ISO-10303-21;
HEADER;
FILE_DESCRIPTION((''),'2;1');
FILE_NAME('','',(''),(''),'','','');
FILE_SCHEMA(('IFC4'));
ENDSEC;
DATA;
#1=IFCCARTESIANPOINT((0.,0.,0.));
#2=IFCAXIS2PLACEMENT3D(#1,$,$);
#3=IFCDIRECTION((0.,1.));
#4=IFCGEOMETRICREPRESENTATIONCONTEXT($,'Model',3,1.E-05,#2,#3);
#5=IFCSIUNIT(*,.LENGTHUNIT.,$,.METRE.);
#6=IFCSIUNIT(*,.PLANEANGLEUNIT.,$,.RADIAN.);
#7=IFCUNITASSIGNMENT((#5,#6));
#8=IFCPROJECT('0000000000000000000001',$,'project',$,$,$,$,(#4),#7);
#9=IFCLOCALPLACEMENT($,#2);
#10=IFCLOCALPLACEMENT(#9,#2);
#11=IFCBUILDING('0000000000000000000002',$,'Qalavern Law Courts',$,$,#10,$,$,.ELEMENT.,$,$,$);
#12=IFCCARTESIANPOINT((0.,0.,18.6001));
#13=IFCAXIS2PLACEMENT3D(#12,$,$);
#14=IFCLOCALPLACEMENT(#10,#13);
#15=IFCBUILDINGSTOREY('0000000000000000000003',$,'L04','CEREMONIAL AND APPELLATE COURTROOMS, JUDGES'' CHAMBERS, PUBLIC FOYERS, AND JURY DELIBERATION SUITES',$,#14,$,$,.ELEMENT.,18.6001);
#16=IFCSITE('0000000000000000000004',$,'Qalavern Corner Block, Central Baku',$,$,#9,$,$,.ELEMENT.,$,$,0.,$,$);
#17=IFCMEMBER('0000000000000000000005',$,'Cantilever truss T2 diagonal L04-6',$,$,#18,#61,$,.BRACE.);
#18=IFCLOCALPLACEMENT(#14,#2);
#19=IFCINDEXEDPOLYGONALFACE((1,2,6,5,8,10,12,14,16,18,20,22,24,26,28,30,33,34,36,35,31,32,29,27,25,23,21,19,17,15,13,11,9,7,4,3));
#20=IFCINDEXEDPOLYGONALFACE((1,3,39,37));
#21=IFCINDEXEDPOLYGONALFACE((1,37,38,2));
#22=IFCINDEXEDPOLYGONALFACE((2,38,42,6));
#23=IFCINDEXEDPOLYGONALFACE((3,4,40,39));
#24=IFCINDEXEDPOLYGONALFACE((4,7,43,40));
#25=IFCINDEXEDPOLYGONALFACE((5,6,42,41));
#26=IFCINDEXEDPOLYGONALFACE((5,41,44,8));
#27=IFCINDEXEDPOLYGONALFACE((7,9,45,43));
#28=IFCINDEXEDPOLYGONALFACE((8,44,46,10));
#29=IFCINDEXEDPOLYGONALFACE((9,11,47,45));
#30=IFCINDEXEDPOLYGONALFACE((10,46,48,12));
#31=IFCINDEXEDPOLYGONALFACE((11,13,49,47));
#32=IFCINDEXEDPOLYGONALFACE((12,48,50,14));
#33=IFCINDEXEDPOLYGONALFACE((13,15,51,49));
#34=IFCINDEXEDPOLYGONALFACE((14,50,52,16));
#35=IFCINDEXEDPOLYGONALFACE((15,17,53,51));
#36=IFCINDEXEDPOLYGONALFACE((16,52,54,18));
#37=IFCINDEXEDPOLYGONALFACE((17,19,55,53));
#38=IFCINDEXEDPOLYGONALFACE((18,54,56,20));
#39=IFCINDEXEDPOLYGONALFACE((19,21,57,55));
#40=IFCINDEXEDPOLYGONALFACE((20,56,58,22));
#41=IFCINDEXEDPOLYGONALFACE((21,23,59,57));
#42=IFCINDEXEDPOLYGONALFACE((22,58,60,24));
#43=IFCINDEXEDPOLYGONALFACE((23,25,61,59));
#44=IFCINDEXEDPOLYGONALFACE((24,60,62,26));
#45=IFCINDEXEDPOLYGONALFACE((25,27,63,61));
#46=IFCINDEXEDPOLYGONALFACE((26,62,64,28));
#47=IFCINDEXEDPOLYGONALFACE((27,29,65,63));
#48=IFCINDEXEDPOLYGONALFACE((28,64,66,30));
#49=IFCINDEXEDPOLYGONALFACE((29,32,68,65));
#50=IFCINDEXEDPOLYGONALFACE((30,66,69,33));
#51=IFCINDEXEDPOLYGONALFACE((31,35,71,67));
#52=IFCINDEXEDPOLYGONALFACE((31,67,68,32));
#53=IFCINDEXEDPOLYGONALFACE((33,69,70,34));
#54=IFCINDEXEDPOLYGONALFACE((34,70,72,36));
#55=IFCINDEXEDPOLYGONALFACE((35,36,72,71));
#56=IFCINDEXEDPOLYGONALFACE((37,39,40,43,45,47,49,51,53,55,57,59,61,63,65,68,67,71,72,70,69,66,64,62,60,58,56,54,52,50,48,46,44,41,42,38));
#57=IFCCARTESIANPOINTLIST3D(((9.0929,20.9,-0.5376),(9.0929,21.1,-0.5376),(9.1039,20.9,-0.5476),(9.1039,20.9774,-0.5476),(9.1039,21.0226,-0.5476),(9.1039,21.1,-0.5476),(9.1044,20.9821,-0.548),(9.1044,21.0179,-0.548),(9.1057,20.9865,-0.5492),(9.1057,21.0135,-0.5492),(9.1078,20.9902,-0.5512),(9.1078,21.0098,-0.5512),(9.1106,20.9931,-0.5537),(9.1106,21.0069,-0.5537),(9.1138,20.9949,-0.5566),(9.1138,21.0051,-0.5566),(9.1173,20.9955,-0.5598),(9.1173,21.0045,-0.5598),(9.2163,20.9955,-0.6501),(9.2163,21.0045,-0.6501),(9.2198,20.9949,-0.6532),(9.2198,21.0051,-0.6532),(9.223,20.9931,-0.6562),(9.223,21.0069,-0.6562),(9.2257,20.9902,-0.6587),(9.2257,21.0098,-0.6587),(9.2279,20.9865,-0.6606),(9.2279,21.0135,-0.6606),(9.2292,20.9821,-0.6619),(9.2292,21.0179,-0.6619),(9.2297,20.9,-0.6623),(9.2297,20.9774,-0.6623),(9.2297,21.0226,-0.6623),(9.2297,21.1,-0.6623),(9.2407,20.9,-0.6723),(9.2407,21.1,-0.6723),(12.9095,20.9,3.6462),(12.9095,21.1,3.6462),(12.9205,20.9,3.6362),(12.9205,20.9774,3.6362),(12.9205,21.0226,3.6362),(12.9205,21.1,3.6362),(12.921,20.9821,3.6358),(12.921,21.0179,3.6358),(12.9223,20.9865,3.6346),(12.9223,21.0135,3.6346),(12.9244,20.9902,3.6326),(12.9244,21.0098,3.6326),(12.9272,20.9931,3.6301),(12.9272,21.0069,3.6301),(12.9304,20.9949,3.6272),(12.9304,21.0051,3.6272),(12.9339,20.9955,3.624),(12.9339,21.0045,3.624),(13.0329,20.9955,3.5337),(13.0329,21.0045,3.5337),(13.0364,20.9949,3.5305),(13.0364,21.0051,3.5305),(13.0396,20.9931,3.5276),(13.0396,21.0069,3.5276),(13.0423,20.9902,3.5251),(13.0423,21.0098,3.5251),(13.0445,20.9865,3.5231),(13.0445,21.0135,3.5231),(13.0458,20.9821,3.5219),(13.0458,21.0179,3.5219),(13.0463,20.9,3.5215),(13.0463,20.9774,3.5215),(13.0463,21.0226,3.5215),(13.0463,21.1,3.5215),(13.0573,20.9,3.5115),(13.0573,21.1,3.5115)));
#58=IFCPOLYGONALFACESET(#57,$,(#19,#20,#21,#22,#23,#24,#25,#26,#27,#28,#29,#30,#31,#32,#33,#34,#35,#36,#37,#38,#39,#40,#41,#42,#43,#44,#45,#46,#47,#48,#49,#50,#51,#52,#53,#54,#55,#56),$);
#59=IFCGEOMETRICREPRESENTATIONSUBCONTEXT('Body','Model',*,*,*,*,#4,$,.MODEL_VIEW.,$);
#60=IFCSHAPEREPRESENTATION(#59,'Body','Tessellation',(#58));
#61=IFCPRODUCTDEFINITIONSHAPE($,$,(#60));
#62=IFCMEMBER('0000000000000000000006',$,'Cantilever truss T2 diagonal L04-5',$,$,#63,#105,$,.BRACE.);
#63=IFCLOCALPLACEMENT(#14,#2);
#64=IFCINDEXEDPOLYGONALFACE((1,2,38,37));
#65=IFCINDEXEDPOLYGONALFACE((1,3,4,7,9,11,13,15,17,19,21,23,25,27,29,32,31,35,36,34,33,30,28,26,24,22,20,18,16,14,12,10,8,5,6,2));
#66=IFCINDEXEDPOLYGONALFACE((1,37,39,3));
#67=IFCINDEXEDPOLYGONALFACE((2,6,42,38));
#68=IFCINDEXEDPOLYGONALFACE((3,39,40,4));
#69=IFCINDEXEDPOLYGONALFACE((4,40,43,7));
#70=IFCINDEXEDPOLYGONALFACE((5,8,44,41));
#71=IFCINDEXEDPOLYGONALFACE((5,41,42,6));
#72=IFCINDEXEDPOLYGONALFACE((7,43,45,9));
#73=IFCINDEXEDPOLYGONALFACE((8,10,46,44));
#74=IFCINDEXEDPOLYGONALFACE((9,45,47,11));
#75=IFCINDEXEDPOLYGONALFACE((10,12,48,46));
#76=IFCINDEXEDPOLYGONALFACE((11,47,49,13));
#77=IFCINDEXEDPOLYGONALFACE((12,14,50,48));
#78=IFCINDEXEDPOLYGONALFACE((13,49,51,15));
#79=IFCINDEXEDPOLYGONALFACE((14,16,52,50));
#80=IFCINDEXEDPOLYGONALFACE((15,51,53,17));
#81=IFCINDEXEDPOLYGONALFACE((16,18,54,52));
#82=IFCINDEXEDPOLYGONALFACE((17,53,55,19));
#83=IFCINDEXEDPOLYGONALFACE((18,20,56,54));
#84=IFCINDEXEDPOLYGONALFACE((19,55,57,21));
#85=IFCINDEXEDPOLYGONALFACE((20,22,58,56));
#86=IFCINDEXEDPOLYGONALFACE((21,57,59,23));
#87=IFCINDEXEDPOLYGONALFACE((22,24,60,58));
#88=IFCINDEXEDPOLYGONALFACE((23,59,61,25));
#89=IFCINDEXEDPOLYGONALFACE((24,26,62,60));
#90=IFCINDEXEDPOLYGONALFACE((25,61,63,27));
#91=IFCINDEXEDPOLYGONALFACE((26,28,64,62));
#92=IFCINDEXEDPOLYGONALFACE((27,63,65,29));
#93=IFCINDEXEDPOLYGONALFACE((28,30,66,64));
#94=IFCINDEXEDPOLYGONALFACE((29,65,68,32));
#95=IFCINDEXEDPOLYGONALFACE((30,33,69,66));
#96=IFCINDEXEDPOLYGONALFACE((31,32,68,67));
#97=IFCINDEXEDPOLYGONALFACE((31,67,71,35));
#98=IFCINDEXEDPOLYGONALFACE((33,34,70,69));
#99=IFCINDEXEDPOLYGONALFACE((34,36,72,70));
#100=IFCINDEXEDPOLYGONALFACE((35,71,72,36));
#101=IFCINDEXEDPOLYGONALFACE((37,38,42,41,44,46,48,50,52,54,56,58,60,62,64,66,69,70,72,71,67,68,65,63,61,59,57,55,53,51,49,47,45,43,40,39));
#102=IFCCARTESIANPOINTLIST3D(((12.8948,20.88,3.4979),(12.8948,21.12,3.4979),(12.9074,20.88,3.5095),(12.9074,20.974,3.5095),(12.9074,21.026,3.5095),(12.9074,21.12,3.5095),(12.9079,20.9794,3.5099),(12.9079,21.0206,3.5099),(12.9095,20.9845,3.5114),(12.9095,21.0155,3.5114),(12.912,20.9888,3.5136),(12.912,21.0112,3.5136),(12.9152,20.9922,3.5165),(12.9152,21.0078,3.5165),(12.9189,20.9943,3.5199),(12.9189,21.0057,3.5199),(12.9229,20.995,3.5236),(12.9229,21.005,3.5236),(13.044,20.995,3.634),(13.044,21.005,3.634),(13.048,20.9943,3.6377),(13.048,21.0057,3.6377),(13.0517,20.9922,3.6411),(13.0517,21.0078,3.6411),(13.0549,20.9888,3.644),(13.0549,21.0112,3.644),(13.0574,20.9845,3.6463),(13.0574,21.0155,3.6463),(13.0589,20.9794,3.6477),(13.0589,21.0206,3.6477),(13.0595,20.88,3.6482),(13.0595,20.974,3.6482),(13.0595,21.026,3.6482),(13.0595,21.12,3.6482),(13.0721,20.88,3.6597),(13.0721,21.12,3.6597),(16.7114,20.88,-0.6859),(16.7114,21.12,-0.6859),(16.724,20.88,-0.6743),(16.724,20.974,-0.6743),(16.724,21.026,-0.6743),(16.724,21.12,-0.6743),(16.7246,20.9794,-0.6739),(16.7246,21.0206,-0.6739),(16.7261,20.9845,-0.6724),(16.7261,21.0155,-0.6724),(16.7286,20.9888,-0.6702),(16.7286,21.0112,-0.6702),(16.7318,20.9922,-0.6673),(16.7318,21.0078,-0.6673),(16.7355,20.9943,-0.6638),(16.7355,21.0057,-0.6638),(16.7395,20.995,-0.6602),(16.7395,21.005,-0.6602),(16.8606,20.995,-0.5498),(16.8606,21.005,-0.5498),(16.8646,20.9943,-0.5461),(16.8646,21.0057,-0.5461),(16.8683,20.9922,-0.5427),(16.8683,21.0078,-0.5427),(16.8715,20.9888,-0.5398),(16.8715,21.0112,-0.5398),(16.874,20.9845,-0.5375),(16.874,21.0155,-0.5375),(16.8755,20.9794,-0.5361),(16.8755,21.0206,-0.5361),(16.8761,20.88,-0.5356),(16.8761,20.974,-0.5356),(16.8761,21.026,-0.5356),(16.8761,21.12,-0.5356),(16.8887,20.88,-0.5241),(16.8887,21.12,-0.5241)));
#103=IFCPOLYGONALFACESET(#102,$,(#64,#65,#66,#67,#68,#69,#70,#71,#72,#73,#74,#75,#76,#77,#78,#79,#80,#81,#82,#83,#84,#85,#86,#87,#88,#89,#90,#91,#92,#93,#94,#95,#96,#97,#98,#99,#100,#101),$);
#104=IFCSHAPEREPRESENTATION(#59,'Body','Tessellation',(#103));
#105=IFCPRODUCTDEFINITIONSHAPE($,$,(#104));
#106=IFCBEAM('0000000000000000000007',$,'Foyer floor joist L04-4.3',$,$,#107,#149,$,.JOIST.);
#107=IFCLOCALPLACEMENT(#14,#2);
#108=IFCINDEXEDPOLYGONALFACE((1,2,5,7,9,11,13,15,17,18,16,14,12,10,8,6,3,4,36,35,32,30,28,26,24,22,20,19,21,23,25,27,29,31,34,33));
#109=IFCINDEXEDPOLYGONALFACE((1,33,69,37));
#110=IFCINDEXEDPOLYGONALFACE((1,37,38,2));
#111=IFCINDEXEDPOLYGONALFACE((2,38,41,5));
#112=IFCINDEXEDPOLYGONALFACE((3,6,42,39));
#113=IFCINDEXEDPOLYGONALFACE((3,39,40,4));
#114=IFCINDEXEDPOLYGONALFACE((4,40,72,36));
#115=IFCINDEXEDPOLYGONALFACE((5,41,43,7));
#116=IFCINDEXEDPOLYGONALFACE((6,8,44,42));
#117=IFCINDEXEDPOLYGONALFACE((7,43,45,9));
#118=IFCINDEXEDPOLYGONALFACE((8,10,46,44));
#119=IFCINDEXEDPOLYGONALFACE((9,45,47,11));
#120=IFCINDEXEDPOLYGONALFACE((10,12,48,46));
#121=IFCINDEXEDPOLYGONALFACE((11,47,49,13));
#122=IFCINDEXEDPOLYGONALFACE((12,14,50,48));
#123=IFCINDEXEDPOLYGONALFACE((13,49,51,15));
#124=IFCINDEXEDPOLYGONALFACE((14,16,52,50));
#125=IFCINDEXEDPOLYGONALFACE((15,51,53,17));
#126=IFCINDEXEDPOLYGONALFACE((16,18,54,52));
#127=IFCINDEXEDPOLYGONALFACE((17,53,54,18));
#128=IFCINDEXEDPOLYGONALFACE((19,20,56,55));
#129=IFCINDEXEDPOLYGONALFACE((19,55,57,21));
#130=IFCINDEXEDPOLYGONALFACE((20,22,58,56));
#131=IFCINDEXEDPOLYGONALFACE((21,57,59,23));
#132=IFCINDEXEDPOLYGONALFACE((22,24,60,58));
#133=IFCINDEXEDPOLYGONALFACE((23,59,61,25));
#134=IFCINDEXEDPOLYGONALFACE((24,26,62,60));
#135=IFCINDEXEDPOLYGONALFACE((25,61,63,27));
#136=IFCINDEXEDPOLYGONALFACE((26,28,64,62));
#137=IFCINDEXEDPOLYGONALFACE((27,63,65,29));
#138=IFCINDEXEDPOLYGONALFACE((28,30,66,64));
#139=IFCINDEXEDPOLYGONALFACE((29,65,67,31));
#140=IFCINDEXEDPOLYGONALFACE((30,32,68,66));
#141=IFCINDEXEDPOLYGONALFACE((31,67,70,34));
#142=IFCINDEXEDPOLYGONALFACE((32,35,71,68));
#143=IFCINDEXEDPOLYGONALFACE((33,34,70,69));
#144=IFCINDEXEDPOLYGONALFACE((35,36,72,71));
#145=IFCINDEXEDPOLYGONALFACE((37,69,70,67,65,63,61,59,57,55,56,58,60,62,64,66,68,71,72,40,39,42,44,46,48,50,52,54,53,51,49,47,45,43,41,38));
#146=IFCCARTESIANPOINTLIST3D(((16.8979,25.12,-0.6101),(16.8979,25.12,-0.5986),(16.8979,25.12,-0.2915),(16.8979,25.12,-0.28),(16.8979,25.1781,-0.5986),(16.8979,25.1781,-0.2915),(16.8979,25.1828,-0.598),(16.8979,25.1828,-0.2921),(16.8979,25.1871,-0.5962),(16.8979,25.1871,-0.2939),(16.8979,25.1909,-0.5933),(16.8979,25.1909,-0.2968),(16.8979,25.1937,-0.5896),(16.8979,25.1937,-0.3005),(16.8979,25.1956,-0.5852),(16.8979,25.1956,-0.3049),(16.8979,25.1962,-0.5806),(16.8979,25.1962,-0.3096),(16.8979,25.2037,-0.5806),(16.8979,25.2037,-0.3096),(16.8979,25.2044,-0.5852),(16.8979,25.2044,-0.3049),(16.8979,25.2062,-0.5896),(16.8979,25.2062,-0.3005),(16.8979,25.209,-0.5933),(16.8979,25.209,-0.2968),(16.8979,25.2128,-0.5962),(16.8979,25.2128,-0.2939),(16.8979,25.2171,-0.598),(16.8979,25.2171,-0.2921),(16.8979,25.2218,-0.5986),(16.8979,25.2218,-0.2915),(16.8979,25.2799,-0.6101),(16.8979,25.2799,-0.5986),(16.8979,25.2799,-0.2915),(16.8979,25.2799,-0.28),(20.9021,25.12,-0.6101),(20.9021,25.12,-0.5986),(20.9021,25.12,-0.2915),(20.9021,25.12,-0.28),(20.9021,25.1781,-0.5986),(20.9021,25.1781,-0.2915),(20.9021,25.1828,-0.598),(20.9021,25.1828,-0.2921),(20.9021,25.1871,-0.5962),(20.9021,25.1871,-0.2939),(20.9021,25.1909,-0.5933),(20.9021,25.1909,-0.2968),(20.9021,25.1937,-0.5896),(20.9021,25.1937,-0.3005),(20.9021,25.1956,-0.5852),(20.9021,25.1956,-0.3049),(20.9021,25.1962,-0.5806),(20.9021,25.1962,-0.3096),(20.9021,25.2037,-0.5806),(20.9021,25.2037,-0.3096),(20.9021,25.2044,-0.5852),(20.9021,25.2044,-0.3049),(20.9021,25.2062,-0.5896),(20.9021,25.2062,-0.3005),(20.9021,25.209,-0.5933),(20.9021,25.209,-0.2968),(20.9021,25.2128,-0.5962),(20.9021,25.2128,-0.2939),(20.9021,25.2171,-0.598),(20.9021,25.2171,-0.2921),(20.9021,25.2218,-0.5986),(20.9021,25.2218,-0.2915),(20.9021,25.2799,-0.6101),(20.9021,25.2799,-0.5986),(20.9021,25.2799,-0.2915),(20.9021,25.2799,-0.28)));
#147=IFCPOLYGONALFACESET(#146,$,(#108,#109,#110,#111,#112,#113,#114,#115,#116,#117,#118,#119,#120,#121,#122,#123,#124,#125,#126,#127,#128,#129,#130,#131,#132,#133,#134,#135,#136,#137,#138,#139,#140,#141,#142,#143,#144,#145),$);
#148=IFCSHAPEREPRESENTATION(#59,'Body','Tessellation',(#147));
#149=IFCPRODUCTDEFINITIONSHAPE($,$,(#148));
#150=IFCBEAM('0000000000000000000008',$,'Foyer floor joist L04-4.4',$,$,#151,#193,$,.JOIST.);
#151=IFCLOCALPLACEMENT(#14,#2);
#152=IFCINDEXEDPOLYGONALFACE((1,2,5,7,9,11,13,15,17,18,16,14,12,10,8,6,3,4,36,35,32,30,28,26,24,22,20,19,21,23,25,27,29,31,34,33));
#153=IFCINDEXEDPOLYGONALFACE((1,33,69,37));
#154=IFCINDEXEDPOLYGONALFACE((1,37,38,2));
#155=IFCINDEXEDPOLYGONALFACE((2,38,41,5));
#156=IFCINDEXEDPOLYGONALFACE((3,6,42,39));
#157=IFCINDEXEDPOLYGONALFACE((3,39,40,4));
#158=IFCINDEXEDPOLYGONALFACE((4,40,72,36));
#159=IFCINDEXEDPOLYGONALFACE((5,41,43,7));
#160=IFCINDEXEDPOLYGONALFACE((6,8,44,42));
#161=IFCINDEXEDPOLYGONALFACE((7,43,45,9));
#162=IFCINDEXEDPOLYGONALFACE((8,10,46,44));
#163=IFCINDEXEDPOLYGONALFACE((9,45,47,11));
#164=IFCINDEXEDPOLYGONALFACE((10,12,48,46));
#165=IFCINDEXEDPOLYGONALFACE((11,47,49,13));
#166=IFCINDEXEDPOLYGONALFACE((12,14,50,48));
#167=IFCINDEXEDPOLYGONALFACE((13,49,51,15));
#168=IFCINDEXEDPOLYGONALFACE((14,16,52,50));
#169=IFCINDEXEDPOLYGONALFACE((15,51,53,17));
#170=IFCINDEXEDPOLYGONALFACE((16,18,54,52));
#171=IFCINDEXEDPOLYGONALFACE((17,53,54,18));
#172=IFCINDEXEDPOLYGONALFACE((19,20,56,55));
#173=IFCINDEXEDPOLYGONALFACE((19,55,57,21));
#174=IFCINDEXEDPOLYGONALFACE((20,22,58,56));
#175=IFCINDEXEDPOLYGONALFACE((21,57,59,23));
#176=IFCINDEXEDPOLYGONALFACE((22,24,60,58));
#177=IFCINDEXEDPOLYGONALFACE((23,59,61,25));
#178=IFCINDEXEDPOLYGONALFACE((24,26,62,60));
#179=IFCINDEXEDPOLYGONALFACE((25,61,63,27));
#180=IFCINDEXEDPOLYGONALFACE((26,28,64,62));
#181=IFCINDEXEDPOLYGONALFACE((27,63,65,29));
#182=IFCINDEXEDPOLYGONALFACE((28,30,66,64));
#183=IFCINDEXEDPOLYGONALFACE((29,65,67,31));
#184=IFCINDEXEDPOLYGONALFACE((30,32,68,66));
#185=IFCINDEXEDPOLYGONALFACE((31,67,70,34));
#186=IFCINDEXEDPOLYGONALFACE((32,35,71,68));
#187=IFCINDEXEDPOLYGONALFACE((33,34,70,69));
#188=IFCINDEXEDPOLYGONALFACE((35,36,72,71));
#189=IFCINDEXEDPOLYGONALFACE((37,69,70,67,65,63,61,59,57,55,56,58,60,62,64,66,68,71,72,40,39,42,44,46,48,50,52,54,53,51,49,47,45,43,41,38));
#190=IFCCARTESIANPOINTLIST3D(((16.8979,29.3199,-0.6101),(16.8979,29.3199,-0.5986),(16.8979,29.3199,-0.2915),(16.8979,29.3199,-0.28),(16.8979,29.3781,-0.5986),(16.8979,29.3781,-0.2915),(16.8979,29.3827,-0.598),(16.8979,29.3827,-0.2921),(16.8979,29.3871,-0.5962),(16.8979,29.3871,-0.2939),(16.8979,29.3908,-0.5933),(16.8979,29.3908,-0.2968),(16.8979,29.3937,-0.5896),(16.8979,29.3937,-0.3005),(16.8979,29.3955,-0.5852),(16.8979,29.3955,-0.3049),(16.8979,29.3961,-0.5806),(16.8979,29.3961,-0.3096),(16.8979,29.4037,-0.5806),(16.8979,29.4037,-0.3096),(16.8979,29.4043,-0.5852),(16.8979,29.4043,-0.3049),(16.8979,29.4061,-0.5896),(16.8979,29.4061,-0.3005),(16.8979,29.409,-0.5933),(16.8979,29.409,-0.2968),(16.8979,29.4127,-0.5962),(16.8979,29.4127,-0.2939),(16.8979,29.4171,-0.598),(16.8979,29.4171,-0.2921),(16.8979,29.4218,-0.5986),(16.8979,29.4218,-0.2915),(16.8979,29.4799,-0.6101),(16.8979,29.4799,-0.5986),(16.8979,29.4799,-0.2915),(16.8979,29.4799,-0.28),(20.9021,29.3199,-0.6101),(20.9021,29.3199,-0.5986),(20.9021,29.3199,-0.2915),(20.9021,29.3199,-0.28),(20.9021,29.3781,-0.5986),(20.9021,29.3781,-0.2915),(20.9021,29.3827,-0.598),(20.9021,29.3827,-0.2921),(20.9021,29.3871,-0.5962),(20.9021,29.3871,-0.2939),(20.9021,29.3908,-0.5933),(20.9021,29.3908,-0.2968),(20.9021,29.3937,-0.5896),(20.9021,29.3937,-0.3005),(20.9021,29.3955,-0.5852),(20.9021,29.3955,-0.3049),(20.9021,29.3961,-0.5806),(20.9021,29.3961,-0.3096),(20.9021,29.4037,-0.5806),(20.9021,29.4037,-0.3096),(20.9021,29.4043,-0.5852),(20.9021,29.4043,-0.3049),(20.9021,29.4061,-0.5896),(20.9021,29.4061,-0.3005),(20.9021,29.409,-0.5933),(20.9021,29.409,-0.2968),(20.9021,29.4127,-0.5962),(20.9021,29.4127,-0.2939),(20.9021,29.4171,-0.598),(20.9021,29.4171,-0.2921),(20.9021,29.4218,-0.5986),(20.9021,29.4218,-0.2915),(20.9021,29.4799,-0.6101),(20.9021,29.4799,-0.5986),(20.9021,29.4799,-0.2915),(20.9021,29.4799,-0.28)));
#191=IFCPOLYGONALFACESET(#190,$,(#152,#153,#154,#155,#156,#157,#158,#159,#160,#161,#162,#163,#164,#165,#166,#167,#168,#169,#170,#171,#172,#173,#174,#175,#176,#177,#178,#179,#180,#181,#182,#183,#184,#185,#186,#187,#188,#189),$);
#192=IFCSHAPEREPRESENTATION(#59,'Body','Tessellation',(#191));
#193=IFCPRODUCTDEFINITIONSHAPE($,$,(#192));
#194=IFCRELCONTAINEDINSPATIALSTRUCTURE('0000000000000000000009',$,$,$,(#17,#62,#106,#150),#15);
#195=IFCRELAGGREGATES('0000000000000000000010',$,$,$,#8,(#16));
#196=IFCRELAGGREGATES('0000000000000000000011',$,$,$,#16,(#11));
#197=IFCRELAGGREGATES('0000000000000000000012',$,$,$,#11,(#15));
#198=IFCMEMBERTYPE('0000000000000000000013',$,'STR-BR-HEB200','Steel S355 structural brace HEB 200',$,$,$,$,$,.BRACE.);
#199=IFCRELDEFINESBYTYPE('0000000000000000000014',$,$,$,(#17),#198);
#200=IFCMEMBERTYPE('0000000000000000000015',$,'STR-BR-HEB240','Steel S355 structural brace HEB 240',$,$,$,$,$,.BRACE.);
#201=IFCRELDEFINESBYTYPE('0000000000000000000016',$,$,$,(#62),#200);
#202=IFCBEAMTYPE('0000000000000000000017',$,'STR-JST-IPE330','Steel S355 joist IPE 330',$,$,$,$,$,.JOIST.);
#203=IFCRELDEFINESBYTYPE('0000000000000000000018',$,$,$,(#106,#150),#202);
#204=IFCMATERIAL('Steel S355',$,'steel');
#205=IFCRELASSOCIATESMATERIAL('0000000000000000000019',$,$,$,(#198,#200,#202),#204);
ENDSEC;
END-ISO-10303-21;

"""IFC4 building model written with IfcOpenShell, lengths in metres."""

from ifc_helpers import new_model, si_unit, direction, frame, origin, origin_2d, place, context, subcontext, project, spatial, i_section, extrude, material, material_profile, profile_set, type_object, element, save


model = new_model("IFC4")

# Units and contexts
model_context = context("Model", 3, precision=1e-05, world=origin(), true_north=direction((0.0, 1.0)))
body_context = subcontext(model_context, "Body", "Model", "MODEL_VIEW")
ifc_project = project(units=[si_unit("LENGTHUNIT", "METRE"), si_unit("PLANEANGLEUNIT", "RADIAN")], contexts=[model_context])

# Site, building, storey
site_placement = place(None, origin())
site = spatial("IfcSite", under=ifc_project, at=site_placement, Name="Qalavern Corner Block, Central Baku", CompositionType="ELEMENT", RefElevation=0.0)
building_placement = place(site_placement, origin())
building = spatial("IfcBuilding", under=site, at=building_placement, Name="Qalavern Law Courts", CompositionType="ELEMENT")
storey_placement = place(building_placement, frame((0.0, 0.0, 18.6001)))
storey = spatial("IfcBuildingStorey", under=building, at=storey_placement, Name="L04", Description="CEREMONIAL AND APPELLATE COURTROOMS, JUDGES' CHAMBERS, PUBLIC FOYERS, AND JURY DELIBERATION SUITES", CompositionType="ELEMENT", Elevation=18.6001)

# Shared definitions
ifc_material_1 = material(Name="Steel S355", Category="steel")

# Members
ifc_material_profile_1 = material_profile(ifc_material_1, i_section(OverallWidth=0.2, OverallDepth=0.2, WebThickness=0.009, FlangeThickness=0.0149, FilletRadius=0.0181, at=origin_2d()), Name="HEB 200")
ifc_profile_set_1 = profile_set([ifc_material_profile_1], Name="Steel S355")
member_type_1 = type_object("IfcMemberType", Name="STR-BR-HEB200", Description="Steel S355 structural brace HEB 200", PredefinedType="BRACE", material=ifc_profile_set_1)
member_1_placement = place(storey_placement, frame((12.9834, 21.0, 3.5789), z_axis=(-0.673944, 0.0, -0.738782), x_axis=(0.0, -1.0, 0.0)))
element("IfcMember", 1, at=member_1_placement, inside=storey, type_object=member_type_1, Name="Cantilever truss T2 diagonal L04-6", PredefinedType="BRACE", context=body_context, shape_type="SweptSolid", body=[
    extrude(i_section(OverallWidth=0.2, OverallDepth=0.2, WebThickness=0.009, FlangeThickness=0.0149, FilletRadius=0.0181, at=origin_2d()), origin(), (0.0, 0.0, 1.0), 5.6631),
])
ifc_material_profile_2 = material_profile(ifc_material_1, i_section(OverallWidth=0.24, OverallDepth=0.24, WebThickness=0.01, FlangeThickness=0.0171, FilletRadius=0.021, at=origin_2d()), Name="HEB 240")
ifc_profile_set_2 = profile_set([ifc_material_profile_2], Name="Steel S355")
member_type_2 = type_object("IfcMemberType", Name="STR-BR-HEB240", Description="Steel S355 structural brace HEB 240", PredefinedType="BRACE", material=ifc_profile_set_2)
member_2_placement = place(storey_placement, frame((16.8, 21.0, -0.605), z_axis=(-0.673944, 0.0, 0.738782), x_axis=(0.0, -1.0, 0.0)))
element("IfcMember", 2, at=member_2_placement, inside=storey, type_object=member_type_2, Name="Cantilever truss T2 diagonal L04-5", PredefinedType="BRACE", context=body_context, shape_type="SweptSolid", body=[
    extrude(i_section(OverallWidth=0.24, OverallDepth=0.24, WebThickness=0.01, FlangeThickness=0.0171, FilletRadius=0.021, at=origin_2d()), origin(), (0.0, 0.0, 1.0), 5.6631),
])

# Beams
ifc_material_profile_3 = material_profile(ifc_material_1, i_section(OverallWidth=0.1599, OverallDepth=0.3301, WebThickness=0.0076, FlangeThickness=0.0115, FilletRadius=0.0181, at=origin_2d()), Name="IPE 330")
ifc_profile_set_3 = profile_set([ifc_material_profile_3], Name="Steel S355")
beam_type_1 = type_object("IfcBeamType", Name="STR-JST-IPE330", Description="Steel S355 joist IPE 330", PredefinedType="JOIST", material=ifc_profile_set_3)
for number, where, z_axis, x_axis, name in (
    (3, (16.8979, 25.2, -0.4451), (1.0, 0.0, 0.0), (0.0, 1.0, 0.0), "Foyer floor joist L04-4.3"),
    (4, (16.8979, 29.3999, -0.4451), (1.0, 0.0, 0.0), (0.0, 1.0, 0.0), "Foyer floor joist L04-4.4"),
):
    element("IfcBeam", number, at=place(storey_placement, frame(where, z_axis=z_axis, x_axis=x_axis)), inside=storey, type_object=beam_type_1, Name=name, PredefinedType="JOIST", context=body_context, shape_type="SweptSolid", body=[
        extrude(i_section(OverallWidth=0.1599, OverallDepth=0.3301, WebThickness=0.0076, FlangeThickness=0.0115, FilletRadius=0.0181, at=origin_2d()), origin(), (0.0, 0.0, 1.0), 4.0042),
    ])

save(model, "model.ifc")
